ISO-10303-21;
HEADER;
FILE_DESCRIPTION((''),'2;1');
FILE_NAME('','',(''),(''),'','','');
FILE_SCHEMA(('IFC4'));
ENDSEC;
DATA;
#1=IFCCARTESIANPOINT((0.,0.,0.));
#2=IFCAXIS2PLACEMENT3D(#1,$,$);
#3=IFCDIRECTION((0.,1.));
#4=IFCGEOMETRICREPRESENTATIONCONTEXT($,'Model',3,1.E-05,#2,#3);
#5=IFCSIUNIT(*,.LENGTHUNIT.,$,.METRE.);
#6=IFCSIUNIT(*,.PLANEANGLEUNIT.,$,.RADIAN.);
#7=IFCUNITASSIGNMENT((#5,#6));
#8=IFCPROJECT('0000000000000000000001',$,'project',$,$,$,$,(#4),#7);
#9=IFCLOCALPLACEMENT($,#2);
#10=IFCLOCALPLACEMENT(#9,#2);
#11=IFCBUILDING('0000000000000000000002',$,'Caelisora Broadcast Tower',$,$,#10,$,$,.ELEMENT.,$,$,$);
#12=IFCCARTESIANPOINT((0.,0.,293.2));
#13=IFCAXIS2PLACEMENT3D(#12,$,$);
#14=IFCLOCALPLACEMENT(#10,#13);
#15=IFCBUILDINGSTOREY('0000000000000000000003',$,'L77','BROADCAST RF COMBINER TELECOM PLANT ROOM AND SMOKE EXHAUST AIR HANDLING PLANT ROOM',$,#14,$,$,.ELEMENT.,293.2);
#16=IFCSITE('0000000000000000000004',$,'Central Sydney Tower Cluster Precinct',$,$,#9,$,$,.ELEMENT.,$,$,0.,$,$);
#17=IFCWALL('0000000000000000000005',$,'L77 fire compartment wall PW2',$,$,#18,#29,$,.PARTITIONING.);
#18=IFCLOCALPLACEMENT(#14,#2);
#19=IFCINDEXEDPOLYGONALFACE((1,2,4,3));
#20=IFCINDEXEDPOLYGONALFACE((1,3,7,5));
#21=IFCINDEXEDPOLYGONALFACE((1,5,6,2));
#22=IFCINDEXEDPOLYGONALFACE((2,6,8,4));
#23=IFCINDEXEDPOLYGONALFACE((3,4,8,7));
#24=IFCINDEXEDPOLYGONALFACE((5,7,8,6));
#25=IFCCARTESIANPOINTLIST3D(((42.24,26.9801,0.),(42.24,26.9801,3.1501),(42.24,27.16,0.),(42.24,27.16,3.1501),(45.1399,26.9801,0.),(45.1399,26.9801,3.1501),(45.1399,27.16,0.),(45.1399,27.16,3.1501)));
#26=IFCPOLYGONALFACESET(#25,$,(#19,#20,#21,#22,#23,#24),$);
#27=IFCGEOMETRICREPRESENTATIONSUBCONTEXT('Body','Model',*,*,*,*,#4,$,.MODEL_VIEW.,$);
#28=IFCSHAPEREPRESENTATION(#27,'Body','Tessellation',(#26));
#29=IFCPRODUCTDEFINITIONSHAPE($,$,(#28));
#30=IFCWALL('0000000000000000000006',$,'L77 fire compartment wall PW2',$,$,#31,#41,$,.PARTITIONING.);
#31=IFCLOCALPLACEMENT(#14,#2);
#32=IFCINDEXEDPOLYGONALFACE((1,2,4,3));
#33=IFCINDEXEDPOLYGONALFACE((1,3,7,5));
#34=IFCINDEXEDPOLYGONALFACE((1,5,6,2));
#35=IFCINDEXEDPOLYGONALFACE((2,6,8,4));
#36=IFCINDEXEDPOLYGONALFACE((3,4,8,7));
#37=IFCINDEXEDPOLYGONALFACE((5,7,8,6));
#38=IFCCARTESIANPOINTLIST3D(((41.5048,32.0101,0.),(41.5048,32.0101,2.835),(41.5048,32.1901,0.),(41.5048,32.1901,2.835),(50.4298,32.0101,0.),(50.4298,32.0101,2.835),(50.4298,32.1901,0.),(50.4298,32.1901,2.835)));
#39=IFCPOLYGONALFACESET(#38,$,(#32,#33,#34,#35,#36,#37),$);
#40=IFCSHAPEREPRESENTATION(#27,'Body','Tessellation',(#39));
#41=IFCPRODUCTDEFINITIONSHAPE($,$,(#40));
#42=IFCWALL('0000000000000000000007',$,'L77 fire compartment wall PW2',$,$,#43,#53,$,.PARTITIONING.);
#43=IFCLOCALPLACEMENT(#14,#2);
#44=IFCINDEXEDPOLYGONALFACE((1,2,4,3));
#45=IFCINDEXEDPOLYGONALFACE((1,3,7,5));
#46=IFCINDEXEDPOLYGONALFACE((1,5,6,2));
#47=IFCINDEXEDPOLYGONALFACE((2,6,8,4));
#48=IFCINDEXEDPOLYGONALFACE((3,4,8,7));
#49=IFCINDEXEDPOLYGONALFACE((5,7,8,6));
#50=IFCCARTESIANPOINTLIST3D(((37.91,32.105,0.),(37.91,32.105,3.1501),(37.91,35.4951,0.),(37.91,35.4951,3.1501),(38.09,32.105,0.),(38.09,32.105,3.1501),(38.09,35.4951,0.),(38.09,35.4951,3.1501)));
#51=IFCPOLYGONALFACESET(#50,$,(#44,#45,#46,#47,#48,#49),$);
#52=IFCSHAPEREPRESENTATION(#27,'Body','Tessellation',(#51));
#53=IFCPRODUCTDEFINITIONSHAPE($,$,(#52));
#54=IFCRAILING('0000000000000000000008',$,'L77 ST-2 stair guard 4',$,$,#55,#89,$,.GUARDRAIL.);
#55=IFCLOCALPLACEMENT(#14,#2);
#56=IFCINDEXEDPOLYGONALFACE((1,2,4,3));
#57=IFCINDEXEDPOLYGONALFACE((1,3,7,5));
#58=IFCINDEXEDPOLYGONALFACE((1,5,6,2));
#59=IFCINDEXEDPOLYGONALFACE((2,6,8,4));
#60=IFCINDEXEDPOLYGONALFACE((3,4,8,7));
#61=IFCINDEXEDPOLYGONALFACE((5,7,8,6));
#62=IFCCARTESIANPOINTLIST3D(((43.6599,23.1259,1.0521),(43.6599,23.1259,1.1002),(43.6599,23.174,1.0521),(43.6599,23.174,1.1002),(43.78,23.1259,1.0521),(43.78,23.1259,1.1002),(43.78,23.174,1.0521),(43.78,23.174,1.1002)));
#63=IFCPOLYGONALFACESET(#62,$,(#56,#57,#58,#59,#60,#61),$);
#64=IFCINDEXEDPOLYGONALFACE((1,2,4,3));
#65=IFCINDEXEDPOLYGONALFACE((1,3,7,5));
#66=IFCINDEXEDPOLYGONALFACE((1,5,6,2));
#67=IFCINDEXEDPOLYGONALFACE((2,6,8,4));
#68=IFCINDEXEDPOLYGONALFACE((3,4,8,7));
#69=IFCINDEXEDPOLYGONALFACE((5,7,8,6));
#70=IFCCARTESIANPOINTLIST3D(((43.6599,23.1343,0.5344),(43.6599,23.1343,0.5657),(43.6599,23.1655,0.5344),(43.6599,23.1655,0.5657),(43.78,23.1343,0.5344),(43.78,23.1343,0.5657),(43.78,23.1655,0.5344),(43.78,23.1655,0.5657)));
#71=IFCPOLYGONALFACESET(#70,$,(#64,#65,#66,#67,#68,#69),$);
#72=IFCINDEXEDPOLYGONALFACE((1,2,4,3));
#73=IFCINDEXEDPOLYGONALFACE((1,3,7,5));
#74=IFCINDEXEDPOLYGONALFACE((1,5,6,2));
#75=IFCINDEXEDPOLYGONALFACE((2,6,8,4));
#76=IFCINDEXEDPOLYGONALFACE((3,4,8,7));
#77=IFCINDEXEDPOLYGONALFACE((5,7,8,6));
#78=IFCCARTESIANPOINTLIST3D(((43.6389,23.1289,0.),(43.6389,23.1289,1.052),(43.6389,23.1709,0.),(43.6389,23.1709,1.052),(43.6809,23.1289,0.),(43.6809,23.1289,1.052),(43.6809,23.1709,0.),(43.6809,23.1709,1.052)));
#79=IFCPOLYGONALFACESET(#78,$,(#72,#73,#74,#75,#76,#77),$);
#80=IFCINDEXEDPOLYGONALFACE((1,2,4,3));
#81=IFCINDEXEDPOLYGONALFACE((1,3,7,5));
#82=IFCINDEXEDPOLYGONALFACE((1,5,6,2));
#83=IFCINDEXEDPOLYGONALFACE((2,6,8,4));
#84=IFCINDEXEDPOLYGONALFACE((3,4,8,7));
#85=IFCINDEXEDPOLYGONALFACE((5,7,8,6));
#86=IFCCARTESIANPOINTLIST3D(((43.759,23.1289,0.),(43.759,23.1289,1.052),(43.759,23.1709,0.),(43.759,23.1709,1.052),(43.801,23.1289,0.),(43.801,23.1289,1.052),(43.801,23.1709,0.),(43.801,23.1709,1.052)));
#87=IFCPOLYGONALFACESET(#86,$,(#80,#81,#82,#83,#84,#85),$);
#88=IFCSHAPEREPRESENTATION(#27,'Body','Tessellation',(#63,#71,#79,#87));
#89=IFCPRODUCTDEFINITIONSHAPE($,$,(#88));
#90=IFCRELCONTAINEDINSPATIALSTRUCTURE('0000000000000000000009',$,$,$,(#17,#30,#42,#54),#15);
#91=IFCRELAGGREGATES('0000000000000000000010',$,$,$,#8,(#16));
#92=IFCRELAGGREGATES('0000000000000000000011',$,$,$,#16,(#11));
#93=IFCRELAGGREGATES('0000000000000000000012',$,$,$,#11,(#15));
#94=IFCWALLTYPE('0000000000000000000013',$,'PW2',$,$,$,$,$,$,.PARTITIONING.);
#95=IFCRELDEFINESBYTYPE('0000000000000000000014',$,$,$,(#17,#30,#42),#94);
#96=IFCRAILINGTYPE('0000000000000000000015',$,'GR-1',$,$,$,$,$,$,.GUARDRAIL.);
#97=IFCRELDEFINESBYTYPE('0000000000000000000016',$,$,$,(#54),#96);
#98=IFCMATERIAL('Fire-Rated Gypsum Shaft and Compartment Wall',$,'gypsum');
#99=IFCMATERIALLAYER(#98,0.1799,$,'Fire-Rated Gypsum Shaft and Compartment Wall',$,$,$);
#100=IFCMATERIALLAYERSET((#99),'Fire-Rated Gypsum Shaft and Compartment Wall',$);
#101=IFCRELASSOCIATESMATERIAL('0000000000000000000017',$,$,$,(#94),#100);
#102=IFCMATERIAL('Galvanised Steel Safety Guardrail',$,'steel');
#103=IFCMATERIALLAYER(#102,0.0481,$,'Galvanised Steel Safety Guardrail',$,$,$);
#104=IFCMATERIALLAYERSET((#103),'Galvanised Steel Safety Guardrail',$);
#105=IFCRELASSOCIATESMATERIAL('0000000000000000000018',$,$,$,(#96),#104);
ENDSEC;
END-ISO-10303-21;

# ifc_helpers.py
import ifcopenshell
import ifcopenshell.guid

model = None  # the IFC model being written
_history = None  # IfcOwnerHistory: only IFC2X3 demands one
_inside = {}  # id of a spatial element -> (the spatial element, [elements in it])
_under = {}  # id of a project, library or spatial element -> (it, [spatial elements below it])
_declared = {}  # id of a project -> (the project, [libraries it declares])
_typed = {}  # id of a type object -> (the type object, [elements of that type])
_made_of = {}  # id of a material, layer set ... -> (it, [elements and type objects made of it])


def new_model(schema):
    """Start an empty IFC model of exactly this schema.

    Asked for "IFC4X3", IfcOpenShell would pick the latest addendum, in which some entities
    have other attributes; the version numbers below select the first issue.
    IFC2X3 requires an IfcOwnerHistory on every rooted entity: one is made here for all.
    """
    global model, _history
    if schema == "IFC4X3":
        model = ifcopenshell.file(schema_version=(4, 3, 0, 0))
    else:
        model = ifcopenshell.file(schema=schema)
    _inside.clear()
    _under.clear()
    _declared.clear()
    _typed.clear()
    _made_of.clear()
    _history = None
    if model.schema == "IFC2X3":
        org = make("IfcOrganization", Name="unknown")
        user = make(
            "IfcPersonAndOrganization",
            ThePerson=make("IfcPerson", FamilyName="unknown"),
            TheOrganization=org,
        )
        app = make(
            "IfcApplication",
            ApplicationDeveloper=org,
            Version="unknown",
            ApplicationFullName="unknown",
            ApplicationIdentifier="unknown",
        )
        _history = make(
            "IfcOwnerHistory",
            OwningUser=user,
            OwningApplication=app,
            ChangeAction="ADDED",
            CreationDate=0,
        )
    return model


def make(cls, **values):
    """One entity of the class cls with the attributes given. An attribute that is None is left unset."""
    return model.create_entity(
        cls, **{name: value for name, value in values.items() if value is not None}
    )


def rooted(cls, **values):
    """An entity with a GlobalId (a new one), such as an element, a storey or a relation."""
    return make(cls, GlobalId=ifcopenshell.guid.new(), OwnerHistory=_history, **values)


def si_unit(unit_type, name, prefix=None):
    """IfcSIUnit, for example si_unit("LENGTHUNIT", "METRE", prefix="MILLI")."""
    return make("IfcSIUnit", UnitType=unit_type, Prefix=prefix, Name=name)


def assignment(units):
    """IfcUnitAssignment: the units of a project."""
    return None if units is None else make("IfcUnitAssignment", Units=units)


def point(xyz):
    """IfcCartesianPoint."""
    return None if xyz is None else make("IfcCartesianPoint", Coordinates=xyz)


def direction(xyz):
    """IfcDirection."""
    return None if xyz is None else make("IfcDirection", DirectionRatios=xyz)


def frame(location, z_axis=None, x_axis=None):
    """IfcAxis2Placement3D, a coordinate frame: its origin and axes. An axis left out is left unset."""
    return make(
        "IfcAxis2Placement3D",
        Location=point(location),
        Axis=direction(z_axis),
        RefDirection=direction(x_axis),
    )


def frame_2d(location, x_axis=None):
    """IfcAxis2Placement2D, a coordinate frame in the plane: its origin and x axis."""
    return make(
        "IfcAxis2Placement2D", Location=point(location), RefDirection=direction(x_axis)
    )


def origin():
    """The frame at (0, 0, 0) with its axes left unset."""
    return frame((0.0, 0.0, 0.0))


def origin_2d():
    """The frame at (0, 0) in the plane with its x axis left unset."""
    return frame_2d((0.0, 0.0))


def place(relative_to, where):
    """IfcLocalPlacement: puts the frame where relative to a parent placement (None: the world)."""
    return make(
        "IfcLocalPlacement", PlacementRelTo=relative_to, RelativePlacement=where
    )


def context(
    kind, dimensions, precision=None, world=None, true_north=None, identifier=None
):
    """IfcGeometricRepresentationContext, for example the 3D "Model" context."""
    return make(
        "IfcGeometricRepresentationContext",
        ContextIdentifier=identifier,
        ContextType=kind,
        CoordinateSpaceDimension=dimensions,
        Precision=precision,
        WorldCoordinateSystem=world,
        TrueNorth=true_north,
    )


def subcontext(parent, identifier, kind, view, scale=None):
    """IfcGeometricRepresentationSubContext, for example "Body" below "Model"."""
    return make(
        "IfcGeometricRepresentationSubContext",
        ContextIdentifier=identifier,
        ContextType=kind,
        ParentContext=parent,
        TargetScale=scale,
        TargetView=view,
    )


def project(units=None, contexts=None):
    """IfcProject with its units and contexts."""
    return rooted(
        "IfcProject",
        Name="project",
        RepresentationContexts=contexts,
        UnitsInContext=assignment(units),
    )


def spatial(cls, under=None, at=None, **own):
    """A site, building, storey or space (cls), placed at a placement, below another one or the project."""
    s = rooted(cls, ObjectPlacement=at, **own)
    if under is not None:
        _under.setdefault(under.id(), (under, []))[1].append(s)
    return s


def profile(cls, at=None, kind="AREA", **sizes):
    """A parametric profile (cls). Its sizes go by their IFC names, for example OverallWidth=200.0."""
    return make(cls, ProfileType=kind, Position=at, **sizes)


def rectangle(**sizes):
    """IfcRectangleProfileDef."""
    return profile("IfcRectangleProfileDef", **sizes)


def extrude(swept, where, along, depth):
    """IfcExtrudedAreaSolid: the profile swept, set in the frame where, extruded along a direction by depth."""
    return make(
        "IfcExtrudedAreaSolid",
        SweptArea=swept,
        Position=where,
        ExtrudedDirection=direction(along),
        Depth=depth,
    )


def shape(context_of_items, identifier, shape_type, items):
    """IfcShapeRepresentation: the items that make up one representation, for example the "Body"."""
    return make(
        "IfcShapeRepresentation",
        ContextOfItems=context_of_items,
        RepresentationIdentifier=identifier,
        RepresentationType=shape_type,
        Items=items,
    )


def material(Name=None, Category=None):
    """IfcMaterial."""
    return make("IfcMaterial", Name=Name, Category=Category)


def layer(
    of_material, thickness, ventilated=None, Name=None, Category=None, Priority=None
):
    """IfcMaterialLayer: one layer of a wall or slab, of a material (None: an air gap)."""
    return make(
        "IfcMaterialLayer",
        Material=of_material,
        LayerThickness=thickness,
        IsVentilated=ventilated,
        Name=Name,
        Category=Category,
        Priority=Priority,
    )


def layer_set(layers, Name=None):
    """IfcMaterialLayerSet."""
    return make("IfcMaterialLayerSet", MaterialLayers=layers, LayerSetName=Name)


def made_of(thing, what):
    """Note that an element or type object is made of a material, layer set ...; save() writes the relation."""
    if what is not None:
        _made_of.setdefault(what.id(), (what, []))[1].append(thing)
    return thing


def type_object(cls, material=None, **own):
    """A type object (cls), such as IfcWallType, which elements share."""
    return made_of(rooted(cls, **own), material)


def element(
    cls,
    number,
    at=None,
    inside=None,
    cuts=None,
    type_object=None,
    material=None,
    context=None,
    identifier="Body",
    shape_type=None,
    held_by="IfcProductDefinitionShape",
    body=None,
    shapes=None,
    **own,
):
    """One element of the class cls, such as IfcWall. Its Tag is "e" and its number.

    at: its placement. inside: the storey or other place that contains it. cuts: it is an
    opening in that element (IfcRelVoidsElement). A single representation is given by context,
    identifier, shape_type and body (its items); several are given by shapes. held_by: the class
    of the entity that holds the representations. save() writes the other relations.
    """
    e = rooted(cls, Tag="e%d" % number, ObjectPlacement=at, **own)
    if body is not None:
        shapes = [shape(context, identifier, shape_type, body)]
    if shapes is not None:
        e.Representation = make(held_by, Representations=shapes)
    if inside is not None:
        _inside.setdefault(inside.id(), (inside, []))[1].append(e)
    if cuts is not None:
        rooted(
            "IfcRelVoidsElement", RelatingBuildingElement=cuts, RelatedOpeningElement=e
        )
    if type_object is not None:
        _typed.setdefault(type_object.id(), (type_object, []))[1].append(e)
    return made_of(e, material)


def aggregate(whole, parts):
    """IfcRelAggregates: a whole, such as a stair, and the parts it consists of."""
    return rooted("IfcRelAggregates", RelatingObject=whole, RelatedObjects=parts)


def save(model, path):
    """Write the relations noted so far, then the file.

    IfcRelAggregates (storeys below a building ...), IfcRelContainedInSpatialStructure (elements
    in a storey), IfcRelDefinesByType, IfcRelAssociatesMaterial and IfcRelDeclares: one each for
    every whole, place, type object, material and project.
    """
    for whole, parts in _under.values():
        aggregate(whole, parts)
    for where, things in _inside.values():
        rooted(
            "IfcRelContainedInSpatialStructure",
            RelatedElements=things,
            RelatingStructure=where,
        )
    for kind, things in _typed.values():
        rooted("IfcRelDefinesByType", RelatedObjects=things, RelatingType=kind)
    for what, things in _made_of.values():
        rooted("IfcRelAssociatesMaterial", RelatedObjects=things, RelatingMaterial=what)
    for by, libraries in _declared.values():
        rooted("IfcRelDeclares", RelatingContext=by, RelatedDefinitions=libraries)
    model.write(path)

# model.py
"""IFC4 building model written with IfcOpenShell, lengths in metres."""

from ifc_helpers import new_model, si_unit, direction, frame, frame_2d, origin, origin_2d, place, context, subcontext, project, spatial, rectangle, extrude, material, layer, layer_set, type_object, element, save


model = new_model("IFC4")

# Units and contexts
model_context = context("Model", 3, precision=1e-05, world=origin(), true_north=direction((0.0, 1.0)))
body_context = subcontext(model_context, "Body", "Model", "MODEL_VIEW")
ifc_project = project(units=[si_unit("LENGTHUNIT", "METRE"), si_unit("PLANEANGLEUNIT", "RADIAN")], contexts=[model_context])

# Site, building, storey
site_placement = place(None, origin())
site = spatial("IfcSite", under=ifc_project, at=site_placement, Name="Central Sydney Tower Cluster Precinct", CompositionType="ELEMENT", RefElevation=0.0)
building_placement = place(site_placement, origin())
building = spatial("IfcBuilding", under=site, at=building_placement, Name="Caelisora Broadcast Tower", CompositionType="ELEMENT")
storey_placement = place(building_placement, frame((0.0, 0.0, 293.2)))
storey = spatial("IfcBuildingStorey", under=building, at=storey_placement, Name="L77", Description="BROADCAST RF COMBINER TELECOM PLANT ROOM AND SMOKE EXHAUST AIR HANDLING PLANT ROOM", CompositionType="ELEMENT", Elevation=293.2)

# Shared definitions
ifc_material_1 = material(Name="Fire-Rated Gypsum Shaft and Compartment Wall", Category="gypsum")
ifc_layer_1 = layer(ifc_material_1, 0.1799, Name="Fire-Rated Gypsum Shaft and Compartment Wall")
ifc_layer_set_1 = layer_set([ifc_layer_1], Name="Fire-Rated Gypsum Shaft and Compartment Wall")
wall_type_1 = type_object("IfcWallType", Name="PW2", PredefinedType="PARTITIONING", material=ifc_layer_set_1)

# Walls
wall_1_placement = place(storey_placement, frame((42.24, 27.0701, 0.0), z_axis=(0.0, 0.0, 1.0), x_axis=(1.0, 0.0, 0.0)))
element("IfcWall", 1, at=wall_1_placement, inside=storey, type_object=wall_type_1, Name="L77 fire compartment wall PW2", PredefinedType="PARTITIONING", context=body_context, shape_type="SweptSolid", body=[
    extrude(rectangle(XDim=2.8999, YDim=0.1799, at=frame_2d((1.45, 0.0))), origin(), (0.0, 0.0, 1.0), 3.1501),
])
wall_2_placement = place(storey_placement, frame((41.5049, 32.1001, 0.0), z_axis=(0.0, 0.0, 1.0), x_axis=(1.0, 0.0, 0.0)))
element("IfcWall", 2, at=wall_2_placement, inside=storey, type_object=wall_type_1, Name="L77 fire compartment wall PW2", PredefinedType="PARTITIONING", context=body_context, shape_type="SweptSolid", body=[
    extrude(rectangle(XDim=8.925, YDim=0.1799, at=frame_2d((4.4624, 0.0))), origin(), (0.0, 0.0, 1.0), 2.835),
])

# Wall
wall_3_placement = place(storey_placement, frame((38.0, 32.105, 0.0), z_axis=(0.0, 0.0, 1.0), x_axis=(0.0, 1.0, 0.0)))
element("IfcWall", 3, at=wall_3_placement, inside=storey, type_object=wall_type_1, Name="L77 fire compartment wall PW2", PredefinedType="PARTITIONING", context=body_context, shape_type="SweptSolid", body=[
    extrude(rectangle(XDim=3.3901, YDim=0.1799, at=frame_2d((1.6951, 0.0))), origin(), (0.0, 0.0, 1.0), 3.1501),
])

# Railing
ifc_material_2 = material(Name="Galvanised Steel Safety Guardrail", Category="steel")
ifc_layer_2 = layer(ifc_material_2, 0.0481, Name="Galvanised Steel Safety Guardrail")
ifc_layer_set_2 = layer_set([ifc_layer_2], Name="Galvanised Steel Safety Guardrail")
railing_type = type_object("IfcRailingType", Name="GR-1", PredefinedType="GUARDRAIL", material=ifc_layer_set_2)
railing_placement = place(storey_placement, frame((43.6599, 23.1499, 0.0)))
element("IfcRailing", 4, at=railing_placement, inside=storey, type_object=railing_type, Name="L77 ST-2 stair guard 4", PredefinedType="GUARDRAIL", context=body_context, shape_type="SweptSolid", body=[
    extrude(rectangle(XDim=0.0481, YDim=0.0481, at=origin_2d()), frame((0.0, 0.0, 1.0762), z_axis=(1.0, 0.0, 0.0), x_axis=(0.0, 1.0, 0.0)), (0.0, 0.0, 1.0), 0.1201),
    extrude(rectangle(XDim=0.0312, YDim=0.0312, at=origin_2d()), frame((0.0, 0.0, 0.55), z_axis=(1.0, 0.0, 0.0), x_axis=(0.0, 1.0, 0.0)), (0.0, 0.0, 1.0), 0.1201),
    extrude(rectangle(XDim=0.042, YDim=0.042, at=origin_2d()), origin(), (0.0, 0.0, 1.0), 1.052),
    extrude(rectangle(XDim=0.042, YDim=0.042, at=origin_2d()), frame((0.1201, 0.0, 0.0)), (0.0, 0.0, 1.0), 1.052),
])

save(model, "model.ifc")
